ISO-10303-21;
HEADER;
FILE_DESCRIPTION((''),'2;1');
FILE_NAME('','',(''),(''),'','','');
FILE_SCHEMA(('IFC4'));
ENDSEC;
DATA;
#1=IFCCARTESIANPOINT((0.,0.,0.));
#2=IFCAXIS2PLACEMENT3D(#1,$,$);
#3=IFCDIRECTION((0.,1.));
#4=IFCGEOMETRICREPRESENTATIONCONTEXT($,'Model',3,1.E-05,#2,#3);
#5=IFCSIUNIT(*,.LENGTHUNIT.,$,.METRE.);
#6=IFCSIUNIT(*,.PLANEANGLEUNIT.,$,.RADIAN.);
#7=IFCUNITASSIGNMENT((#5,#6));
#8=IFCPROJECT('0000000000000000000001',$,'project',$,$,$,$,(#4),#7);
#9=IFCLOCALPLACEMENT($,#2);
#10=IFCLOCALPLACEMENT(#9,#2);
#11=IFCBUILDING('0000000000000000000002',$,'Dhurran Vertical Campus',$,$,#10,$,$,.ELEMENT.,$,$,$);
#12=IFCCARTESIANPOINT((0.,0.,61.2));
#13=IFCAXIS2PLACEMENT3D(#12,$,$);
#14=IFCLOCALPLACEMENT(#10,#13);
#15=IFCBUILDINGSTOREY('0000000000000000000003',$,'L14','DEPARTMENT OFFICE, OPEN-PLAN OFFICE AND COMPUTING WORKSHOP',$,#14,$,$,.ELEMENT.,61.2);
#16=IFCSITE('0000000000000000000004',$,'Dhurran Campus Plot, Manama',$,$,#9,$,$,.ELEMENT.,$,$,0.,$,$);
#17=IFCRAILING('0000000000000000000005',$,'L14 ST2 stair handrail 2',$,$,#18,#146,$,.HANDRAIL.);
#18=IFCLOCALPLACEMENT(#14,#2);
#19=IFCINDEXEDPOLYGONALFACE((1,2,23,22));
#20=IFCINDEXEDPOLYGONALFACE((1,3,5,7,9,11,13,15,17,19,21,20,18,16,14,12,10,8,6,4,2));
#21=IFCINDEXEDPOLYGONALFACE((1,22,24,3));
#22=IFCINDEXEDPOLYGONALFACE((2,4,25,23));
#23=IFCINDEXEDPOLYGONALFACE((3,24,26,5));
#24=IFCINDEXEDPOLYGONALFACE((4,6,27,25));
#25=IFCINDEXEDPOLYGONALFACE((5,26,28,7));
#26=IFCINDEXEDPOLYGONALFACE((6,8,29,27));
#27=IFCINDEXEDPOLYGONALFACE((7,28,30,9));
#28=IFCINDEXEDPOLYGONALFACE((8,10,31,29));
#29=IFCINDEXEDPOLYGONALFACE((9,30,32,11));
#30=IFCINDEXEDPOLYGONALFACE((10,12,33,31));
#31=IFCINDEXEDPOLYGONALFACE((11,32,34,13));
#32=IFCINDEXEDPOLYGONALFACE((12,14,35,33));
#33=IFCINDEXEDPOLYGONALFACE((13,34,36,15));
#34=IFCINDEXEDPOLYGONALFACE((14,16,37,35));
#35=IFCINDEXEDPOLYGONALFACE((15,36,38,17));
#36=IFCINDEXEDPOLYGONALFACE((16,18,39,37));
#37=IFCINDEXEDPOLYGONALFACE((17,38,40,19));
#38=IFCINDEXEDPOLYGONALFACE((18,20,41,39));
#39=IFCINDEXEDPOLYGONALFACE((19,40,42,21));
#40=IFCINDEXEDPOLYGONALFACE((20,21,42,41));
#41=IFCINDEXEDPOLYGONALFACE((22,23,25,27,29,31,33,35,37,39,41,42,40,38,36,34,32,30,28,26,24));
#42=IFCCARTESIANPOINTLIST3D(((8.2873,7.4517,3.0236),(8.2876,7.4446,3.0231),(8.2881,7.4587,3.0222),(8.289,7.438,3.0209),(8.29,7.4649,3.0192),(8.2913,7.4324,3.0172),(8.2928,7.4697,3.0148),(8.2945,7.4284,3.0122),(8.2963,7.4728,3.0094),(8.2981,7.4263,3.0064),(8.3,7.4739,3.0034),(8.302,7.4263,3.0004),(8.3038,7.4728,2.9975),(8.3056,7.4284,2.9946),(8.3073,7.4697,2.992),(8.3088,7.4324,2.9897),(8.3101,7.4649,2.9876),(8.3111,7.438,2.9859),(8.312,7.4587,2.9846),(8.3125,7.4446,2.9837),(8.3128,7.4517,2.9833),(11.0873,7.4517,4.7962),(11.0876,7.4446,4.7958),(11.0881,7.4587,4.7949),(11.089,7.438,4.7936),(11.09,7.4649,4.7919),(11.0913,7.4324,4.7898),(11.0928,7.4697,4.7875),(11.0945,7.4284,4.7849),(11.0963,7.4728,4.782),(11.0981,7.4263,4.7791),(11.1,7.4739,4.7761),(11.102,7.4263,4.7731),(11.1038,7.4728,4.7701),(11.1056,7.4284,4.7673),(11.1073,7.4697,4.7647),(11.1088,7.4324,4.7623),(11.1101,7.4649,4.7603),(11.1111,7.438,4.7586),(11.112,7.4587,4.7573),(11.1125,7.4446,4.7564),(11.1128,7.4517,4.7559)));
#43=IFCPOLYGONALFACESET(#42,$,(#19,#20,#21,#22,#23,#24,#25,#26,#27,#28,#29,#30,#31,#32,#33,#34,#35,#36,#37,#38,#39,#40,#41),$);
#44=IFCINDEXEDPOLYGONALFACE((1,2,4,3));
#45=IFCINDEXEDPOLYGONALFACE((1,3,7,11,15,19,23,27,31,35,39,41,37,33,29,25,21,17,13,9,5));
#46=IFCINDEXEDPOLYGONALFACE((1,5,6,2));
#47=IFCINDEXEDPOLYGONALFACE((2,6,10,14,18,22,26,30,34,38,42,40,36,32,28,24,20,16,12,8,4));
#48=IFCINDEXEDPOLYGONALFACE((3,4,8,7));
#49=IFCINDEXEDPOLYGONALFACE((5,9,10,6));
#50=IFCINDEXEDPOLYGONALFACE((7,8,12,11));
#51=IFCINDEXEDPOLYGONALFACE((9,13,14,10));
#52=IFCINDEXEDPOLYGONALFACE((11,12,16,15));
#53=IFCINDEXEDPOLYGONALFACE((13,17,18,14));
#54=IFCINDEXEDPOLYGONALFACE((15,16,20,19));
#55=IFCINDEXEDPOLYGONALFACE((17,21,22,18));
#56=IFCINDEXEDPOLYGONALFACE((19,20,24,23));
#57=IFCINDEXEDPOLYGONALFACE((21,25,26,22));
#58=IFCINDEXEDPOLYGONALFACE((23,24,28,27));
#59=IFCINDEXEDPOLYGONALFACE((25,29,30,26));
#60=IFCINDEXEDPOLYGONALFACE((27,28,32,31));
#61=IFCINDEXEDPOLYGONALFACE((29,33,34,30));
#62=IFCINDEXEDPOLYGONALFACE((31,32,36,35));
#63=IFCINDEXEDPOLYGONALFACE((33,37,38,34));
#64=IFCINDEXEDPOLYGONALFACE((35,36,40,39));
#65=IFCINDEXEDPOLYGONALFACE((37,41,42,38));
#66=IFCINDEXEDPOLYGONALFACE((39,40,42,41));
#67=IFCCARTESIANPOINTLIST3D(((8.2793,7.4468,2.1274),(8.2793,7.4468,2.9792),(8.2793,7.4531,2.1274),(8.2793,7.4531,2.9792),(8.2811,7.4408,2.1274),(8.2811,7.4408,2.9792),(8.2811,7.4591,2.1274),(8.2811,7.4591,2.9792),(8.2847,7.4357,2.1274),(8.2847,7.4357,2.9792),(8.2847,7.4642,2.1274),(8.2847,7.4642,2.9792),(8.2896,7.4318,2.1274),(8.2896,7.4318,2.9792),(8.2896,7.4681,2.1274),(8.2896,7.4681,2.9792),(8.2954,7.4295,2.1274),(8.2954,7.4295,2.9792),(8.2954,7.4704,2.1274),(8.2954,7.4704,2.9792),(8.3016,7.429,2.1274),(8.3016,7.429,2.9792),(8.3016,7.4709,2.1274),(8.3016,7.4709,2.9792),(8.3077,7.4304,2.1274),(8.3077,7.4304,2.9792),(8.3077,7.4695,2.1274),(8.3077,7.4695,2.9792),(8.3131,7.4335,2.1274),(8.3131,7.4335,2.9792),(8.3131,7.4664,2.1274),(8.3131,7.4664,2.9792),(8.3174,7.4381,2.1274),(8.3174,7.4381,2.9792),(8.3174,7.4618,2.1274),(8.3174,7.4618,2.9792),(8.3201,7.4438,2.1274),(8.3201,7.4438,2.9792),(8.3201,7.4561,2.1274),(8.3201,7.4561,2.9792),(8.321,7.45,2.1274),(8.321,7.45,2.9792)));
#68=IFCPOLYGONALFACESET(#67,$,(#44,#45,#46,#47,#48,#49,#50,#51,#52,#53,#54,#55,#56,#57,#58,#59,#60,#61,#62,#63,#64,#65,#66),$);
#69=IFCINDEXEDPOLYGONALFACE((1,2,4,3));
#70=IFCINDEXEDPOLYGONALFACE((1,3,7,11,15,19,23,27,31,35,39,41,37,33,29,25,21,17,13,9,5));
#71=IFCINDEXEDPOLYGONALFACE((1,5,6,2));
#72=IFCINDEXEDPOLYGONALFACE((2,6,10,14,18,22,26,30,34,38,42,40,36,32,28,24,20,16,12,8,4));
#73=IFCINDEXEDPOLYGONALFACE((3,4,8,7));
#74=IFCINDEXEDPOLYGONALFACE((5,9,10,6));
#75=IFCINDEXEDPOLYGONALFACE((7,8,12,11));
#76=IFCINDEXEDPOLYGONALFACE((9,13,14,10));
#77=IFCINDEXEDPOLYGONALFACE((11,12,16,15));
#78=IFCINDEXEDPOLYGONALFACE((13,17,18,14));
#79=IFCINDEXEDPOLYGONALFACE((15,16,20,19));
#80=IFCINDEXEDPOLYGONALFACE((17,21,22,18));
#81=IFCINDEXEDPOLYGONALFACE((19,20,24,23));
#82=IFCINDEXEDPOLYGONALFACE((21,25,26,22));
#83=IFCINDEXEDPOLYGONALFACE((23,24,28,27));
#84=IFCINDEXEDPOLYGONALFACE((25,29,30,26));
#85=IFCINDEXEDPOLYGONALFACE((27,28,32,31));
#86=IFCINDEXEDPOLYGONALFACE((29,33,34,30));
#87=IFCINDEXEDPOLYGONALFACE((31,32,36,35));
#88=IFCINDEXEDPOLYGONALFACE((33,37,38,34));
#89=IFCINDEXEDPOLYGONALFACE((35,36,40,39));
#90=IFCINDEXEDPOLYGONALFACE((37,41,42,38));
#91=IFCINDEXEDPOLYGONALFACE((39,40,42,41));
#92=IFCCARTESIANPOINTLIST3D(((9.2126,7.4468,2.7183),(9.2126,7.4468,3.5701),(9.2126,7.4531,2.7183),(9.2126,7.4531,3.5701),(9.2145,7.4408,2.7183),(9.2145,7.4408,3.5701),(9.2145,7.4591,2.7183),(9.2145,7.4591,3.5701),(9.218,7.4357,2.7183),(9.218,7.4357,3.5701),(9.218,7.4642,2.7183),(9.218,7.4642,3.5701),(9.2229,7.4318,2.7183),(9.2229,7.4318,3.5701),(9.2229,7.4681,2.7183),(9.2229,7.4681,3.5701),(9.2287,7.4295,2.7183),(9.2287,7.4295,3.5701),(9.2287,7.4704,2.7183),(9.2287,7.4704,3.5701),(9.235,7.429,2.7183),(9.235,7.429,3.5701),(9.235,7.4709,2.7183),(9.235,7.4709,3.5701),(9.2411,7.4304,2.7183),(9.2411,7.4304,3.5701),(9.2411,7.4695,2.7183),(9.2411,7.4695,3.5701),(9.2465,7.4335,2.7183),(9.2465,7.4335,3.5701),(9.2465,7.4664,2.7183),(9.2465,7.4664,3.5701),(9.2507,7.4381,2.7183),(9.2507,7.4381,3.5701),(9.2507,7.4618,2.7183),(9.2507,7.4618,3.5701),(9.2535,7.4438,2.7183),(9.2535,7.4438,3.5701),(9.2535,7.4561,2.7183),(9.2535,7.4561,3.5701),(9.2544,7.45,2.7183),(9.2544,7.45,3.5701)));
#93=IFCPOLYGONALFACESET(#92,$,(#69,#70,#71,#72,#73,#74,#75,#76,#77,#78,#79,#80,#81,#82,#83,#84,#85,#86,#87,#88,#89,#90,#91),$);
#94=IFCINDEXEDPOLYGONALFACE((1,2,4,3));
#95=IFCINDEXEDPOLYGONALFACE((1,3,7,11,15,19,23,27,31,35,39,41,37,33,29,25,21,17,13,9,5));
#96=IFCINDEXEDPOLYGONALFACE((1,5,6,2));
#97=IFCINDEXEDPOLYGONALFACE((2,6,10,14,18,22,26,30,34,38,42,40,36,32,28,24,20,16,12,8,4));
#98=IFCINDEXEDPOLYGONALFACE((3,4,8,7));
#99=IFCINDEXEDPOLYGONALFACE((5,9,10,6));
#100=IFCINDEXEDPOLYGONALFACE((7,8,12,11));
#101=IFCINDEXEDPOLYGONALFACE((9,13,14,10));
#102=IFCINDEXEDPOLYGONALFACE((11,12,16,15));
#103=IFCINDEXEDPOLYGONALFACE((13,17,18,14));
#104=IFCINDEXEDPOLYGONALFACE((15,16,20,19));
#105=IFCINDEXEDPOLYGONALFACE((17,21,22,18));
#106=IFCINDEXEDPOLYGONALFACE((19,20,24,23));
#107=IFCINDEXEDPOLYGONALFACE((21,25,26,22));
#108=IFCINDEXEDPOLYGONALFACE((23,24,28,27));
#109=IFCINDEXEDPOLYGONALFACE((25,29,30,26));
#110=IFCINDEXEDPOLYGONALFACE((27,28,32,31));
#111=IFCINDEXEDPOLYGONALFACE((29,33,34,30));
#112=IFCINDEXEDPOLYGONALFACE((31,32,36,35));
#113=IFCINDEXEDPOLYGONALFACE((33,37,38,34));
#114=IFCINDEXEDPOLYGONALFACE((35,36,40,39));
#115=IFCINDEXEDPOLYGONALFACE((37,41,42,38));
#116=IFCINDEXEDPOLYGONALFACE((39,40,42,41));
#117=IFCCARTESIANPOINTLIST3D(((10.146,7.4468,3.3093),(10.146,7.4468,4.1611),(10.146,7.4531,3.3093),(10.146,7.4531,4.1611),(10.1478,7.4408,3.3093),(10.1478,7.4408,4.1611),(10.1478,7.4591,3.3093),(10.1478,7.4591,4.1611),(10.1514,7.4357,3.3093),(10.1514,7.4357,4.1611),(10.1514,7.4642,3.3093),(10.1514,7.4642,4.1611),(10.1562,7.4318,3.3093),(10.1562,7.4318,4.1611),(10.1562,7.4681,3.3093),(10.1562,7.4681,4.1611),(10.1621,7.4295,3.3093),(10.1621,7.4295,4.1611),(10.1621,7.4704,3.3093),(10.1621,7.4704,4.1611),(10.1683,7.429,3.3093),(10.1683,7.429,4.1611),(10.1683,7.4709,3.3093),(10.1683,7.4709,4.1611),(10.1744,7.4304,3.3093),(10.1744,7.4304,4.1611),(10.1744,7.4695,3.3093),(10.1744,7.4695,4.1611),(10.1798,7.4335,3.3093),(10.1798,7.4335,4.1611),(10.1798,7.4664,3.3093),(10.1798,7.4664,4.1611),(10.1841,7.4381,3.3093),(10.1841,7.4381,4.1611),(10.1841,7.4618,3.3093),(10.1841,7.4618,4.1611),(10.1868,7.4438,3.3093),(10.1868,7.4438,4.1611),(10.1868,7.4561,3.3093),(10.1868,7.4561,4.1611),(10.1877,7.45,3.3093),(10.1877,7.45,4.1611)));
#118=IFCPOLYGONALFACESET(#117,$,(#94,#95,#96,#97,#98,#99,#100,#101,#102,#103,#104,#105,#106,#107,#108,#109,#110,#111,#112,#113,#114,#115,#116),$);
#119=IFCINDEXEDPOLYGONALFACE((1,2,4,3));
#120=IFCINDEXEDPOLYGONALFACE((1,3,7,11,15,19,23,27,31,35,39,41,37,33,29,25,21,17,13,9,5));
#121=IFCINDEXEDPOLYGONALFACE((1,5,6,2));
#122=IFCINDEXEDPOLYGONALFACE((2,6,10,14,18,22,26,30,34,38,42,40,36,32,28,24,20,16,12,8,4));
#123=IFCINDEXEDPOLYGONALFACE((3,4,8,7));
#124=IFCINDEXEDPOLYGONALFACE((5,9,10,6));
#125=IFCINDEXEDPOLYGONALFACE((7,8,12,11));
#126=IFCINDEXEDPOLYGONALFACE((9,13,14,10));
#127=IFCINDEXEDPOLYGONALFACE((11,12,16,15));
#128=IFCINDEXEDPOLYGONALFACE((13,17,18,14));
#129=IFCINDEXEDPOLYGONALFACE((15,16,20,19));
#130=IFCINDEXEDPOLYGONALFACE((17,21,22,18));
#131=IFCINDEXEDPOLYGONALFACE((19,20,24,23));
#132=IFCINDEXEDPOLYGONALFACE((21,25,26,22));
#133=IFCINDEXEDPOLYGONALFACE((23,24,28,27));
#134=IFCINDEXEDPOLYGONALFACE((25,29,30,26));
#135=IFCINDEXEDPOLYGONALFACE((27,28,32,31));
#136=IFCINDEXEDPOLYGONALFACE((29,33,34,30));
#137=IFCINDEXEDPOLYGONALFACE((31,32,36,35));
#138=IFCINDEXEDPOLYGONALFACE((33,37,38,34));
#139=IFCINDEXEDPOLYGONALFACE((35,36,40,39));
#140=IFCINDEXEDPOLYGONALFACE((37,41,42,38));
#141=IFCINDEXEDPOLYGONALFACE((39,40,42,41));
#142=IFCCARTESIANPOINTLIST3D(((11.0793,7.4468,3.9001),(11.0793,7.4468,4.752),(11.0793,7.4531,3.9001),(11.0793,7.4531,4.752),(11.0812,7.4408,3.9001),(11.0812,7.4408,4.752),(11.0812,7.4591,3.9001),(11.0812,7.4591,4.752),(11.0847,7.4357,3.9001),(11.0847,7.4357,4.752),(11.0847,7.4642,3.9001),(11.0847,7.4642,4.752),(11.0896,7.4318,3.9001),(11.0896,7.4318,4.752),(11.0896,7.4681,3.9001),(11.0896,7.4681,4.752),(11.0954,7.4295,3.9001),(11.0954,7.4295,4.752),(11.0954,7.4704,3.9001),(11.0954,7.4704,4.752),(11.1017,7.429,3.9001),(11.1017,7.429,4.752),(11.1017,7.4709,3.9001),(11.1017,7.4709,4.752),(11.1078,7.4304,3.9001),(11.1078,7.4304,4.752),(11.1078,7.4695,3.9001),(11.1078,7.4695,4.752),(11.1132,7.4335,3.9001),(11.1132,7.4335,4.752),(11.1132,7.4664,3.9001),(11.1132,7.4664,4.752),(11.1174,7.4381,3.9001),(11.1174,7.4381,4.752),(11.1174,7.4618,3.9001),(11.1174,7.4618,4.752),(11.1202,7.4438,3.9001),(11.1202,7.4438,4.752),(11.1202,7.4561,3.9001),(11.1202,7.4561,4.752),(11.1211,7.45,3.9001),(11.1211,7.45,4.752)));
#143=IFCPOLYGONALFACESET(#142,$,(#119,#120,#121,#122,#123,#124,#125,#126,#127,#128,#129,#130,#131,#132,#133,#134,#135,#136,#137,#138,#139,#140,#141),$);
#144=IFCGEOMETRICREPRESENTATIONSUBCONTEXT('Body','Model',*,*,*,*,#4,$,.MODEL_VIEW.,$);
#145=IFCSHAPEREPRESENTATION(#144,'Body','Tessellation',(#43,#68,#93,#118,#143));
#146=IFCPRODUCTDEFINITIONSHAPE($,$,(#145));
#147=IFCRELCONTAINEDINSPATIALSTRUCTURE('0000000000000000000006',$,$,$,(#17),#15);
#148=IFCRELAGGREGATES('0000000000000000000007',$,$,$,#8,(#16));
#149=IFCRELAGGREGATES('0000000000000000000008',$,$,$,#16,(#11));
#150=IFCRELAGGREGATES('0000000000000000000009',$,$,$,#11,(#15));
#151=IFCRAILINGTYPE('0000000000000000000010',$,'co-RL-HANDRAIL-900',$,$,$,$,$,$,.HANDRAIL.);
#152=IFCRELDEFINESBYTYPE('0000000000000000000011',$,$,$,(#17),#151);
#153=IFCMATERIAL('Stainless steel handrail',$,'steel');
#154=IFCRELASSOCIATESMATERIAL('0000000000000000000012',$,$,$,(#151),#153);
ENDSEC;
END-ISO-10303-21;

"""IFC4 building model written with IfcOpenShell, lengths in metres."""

from ifc_helpers import new_model, si_unit, direction, frame, origin, origin_2d, place, context, subcontext, project, spatial, circle, extrude, material, type_object, element, save


model = new_model("IFC4")

# Units and contexts
model_context = context("Model", 3, precision=1e-05, world=origin(), true_north=direction((0.0, 1.0)))
body_context = subcontext(model_context, "Body", "Model", "MODEL_VIEW")
ifc_project = project(units=[si_unit("LENGTHUNIT", "METRE"), si_unit("PLANEANGLEUNIT", "RADIAN")], contexts=[model_context])

# Site, building, storey
site_placement = place(None, origin())
site = spatial("IfcSite", under=ifc_project, at=site_placement, Name="Dhurran Campus Plot, Manama", CompositionType="ELEMENT", RefElevation=0.0)
building_placement = place(site_placement, origin())
building = spatial("IfcBuilding", under=site, at=building_placement, Name="Dhurran Vertical Campus", CompositionType="ELEMENT")
storey_placement = place(building_placement, frame((0.0, 0.0, 61.2)))
storey = spatial("IfcBuildingStorey", under=building, at=storey_placement, Name="L14", Description="DEPARTMENT OFFICE, OPEN-PLAN OFFICE AND COMPUTING WORKSHOP", CompositionType="ELEMENT", Elevation=61.2)

# Railing
ifc_material_1 = material(Name="Stainless steel handrail", Category="steel")
railing_type_1 = type_object("IfcRailingType", Name="co-RL-HANDRAIL-900", PredefinedType="HANDRAIL", material=ifc_material_1)
railing_1_placement = place(storey_placement, frame((8.3, 7.45, 2.1274)))
element("IfcRailing", 1, at=railing_1_placement, inside=storey, type_object=railing_type_1, Name="L14 ST2 stair handrail 2", PredefinedType="HANDRAIL", context=body_context, shape_type="SweptSolid", body=[
    extrude(circle(Radius=0.0239, at=origin_2d()), frame((0.0, 0.0, 0.876), z_axis=(0.844909, 0.0, 0.53491), x_axis=(0.0, 1.0, 0.0)), (0.0, 0.0, 1.0), 3.314),
    extrude(circle(Radius=0.021, at=origin_2d()), origin(), (0.0, 0.0, 1.0), 0.8518),
    extrude(circle(Radius=0.021, at=origin_2d()), frame((0.9333, 0.0, 0.5908)), (0.0, 0.0, 1.0), 0.8518),
    extrude(circle(Radius=0.021, at=origin_2d()), frame((1.8667, 0.0, 1.1819)), (0.0, 0.0, 1.0), 0.8518),
    extrude(circle(Radius=0.021, at=origin_2d()), frame((2.8, 0.0, 1.7727)), (0.0, 0.0, 1.0), 0.8518),
])

save(model, "model.ifc")
